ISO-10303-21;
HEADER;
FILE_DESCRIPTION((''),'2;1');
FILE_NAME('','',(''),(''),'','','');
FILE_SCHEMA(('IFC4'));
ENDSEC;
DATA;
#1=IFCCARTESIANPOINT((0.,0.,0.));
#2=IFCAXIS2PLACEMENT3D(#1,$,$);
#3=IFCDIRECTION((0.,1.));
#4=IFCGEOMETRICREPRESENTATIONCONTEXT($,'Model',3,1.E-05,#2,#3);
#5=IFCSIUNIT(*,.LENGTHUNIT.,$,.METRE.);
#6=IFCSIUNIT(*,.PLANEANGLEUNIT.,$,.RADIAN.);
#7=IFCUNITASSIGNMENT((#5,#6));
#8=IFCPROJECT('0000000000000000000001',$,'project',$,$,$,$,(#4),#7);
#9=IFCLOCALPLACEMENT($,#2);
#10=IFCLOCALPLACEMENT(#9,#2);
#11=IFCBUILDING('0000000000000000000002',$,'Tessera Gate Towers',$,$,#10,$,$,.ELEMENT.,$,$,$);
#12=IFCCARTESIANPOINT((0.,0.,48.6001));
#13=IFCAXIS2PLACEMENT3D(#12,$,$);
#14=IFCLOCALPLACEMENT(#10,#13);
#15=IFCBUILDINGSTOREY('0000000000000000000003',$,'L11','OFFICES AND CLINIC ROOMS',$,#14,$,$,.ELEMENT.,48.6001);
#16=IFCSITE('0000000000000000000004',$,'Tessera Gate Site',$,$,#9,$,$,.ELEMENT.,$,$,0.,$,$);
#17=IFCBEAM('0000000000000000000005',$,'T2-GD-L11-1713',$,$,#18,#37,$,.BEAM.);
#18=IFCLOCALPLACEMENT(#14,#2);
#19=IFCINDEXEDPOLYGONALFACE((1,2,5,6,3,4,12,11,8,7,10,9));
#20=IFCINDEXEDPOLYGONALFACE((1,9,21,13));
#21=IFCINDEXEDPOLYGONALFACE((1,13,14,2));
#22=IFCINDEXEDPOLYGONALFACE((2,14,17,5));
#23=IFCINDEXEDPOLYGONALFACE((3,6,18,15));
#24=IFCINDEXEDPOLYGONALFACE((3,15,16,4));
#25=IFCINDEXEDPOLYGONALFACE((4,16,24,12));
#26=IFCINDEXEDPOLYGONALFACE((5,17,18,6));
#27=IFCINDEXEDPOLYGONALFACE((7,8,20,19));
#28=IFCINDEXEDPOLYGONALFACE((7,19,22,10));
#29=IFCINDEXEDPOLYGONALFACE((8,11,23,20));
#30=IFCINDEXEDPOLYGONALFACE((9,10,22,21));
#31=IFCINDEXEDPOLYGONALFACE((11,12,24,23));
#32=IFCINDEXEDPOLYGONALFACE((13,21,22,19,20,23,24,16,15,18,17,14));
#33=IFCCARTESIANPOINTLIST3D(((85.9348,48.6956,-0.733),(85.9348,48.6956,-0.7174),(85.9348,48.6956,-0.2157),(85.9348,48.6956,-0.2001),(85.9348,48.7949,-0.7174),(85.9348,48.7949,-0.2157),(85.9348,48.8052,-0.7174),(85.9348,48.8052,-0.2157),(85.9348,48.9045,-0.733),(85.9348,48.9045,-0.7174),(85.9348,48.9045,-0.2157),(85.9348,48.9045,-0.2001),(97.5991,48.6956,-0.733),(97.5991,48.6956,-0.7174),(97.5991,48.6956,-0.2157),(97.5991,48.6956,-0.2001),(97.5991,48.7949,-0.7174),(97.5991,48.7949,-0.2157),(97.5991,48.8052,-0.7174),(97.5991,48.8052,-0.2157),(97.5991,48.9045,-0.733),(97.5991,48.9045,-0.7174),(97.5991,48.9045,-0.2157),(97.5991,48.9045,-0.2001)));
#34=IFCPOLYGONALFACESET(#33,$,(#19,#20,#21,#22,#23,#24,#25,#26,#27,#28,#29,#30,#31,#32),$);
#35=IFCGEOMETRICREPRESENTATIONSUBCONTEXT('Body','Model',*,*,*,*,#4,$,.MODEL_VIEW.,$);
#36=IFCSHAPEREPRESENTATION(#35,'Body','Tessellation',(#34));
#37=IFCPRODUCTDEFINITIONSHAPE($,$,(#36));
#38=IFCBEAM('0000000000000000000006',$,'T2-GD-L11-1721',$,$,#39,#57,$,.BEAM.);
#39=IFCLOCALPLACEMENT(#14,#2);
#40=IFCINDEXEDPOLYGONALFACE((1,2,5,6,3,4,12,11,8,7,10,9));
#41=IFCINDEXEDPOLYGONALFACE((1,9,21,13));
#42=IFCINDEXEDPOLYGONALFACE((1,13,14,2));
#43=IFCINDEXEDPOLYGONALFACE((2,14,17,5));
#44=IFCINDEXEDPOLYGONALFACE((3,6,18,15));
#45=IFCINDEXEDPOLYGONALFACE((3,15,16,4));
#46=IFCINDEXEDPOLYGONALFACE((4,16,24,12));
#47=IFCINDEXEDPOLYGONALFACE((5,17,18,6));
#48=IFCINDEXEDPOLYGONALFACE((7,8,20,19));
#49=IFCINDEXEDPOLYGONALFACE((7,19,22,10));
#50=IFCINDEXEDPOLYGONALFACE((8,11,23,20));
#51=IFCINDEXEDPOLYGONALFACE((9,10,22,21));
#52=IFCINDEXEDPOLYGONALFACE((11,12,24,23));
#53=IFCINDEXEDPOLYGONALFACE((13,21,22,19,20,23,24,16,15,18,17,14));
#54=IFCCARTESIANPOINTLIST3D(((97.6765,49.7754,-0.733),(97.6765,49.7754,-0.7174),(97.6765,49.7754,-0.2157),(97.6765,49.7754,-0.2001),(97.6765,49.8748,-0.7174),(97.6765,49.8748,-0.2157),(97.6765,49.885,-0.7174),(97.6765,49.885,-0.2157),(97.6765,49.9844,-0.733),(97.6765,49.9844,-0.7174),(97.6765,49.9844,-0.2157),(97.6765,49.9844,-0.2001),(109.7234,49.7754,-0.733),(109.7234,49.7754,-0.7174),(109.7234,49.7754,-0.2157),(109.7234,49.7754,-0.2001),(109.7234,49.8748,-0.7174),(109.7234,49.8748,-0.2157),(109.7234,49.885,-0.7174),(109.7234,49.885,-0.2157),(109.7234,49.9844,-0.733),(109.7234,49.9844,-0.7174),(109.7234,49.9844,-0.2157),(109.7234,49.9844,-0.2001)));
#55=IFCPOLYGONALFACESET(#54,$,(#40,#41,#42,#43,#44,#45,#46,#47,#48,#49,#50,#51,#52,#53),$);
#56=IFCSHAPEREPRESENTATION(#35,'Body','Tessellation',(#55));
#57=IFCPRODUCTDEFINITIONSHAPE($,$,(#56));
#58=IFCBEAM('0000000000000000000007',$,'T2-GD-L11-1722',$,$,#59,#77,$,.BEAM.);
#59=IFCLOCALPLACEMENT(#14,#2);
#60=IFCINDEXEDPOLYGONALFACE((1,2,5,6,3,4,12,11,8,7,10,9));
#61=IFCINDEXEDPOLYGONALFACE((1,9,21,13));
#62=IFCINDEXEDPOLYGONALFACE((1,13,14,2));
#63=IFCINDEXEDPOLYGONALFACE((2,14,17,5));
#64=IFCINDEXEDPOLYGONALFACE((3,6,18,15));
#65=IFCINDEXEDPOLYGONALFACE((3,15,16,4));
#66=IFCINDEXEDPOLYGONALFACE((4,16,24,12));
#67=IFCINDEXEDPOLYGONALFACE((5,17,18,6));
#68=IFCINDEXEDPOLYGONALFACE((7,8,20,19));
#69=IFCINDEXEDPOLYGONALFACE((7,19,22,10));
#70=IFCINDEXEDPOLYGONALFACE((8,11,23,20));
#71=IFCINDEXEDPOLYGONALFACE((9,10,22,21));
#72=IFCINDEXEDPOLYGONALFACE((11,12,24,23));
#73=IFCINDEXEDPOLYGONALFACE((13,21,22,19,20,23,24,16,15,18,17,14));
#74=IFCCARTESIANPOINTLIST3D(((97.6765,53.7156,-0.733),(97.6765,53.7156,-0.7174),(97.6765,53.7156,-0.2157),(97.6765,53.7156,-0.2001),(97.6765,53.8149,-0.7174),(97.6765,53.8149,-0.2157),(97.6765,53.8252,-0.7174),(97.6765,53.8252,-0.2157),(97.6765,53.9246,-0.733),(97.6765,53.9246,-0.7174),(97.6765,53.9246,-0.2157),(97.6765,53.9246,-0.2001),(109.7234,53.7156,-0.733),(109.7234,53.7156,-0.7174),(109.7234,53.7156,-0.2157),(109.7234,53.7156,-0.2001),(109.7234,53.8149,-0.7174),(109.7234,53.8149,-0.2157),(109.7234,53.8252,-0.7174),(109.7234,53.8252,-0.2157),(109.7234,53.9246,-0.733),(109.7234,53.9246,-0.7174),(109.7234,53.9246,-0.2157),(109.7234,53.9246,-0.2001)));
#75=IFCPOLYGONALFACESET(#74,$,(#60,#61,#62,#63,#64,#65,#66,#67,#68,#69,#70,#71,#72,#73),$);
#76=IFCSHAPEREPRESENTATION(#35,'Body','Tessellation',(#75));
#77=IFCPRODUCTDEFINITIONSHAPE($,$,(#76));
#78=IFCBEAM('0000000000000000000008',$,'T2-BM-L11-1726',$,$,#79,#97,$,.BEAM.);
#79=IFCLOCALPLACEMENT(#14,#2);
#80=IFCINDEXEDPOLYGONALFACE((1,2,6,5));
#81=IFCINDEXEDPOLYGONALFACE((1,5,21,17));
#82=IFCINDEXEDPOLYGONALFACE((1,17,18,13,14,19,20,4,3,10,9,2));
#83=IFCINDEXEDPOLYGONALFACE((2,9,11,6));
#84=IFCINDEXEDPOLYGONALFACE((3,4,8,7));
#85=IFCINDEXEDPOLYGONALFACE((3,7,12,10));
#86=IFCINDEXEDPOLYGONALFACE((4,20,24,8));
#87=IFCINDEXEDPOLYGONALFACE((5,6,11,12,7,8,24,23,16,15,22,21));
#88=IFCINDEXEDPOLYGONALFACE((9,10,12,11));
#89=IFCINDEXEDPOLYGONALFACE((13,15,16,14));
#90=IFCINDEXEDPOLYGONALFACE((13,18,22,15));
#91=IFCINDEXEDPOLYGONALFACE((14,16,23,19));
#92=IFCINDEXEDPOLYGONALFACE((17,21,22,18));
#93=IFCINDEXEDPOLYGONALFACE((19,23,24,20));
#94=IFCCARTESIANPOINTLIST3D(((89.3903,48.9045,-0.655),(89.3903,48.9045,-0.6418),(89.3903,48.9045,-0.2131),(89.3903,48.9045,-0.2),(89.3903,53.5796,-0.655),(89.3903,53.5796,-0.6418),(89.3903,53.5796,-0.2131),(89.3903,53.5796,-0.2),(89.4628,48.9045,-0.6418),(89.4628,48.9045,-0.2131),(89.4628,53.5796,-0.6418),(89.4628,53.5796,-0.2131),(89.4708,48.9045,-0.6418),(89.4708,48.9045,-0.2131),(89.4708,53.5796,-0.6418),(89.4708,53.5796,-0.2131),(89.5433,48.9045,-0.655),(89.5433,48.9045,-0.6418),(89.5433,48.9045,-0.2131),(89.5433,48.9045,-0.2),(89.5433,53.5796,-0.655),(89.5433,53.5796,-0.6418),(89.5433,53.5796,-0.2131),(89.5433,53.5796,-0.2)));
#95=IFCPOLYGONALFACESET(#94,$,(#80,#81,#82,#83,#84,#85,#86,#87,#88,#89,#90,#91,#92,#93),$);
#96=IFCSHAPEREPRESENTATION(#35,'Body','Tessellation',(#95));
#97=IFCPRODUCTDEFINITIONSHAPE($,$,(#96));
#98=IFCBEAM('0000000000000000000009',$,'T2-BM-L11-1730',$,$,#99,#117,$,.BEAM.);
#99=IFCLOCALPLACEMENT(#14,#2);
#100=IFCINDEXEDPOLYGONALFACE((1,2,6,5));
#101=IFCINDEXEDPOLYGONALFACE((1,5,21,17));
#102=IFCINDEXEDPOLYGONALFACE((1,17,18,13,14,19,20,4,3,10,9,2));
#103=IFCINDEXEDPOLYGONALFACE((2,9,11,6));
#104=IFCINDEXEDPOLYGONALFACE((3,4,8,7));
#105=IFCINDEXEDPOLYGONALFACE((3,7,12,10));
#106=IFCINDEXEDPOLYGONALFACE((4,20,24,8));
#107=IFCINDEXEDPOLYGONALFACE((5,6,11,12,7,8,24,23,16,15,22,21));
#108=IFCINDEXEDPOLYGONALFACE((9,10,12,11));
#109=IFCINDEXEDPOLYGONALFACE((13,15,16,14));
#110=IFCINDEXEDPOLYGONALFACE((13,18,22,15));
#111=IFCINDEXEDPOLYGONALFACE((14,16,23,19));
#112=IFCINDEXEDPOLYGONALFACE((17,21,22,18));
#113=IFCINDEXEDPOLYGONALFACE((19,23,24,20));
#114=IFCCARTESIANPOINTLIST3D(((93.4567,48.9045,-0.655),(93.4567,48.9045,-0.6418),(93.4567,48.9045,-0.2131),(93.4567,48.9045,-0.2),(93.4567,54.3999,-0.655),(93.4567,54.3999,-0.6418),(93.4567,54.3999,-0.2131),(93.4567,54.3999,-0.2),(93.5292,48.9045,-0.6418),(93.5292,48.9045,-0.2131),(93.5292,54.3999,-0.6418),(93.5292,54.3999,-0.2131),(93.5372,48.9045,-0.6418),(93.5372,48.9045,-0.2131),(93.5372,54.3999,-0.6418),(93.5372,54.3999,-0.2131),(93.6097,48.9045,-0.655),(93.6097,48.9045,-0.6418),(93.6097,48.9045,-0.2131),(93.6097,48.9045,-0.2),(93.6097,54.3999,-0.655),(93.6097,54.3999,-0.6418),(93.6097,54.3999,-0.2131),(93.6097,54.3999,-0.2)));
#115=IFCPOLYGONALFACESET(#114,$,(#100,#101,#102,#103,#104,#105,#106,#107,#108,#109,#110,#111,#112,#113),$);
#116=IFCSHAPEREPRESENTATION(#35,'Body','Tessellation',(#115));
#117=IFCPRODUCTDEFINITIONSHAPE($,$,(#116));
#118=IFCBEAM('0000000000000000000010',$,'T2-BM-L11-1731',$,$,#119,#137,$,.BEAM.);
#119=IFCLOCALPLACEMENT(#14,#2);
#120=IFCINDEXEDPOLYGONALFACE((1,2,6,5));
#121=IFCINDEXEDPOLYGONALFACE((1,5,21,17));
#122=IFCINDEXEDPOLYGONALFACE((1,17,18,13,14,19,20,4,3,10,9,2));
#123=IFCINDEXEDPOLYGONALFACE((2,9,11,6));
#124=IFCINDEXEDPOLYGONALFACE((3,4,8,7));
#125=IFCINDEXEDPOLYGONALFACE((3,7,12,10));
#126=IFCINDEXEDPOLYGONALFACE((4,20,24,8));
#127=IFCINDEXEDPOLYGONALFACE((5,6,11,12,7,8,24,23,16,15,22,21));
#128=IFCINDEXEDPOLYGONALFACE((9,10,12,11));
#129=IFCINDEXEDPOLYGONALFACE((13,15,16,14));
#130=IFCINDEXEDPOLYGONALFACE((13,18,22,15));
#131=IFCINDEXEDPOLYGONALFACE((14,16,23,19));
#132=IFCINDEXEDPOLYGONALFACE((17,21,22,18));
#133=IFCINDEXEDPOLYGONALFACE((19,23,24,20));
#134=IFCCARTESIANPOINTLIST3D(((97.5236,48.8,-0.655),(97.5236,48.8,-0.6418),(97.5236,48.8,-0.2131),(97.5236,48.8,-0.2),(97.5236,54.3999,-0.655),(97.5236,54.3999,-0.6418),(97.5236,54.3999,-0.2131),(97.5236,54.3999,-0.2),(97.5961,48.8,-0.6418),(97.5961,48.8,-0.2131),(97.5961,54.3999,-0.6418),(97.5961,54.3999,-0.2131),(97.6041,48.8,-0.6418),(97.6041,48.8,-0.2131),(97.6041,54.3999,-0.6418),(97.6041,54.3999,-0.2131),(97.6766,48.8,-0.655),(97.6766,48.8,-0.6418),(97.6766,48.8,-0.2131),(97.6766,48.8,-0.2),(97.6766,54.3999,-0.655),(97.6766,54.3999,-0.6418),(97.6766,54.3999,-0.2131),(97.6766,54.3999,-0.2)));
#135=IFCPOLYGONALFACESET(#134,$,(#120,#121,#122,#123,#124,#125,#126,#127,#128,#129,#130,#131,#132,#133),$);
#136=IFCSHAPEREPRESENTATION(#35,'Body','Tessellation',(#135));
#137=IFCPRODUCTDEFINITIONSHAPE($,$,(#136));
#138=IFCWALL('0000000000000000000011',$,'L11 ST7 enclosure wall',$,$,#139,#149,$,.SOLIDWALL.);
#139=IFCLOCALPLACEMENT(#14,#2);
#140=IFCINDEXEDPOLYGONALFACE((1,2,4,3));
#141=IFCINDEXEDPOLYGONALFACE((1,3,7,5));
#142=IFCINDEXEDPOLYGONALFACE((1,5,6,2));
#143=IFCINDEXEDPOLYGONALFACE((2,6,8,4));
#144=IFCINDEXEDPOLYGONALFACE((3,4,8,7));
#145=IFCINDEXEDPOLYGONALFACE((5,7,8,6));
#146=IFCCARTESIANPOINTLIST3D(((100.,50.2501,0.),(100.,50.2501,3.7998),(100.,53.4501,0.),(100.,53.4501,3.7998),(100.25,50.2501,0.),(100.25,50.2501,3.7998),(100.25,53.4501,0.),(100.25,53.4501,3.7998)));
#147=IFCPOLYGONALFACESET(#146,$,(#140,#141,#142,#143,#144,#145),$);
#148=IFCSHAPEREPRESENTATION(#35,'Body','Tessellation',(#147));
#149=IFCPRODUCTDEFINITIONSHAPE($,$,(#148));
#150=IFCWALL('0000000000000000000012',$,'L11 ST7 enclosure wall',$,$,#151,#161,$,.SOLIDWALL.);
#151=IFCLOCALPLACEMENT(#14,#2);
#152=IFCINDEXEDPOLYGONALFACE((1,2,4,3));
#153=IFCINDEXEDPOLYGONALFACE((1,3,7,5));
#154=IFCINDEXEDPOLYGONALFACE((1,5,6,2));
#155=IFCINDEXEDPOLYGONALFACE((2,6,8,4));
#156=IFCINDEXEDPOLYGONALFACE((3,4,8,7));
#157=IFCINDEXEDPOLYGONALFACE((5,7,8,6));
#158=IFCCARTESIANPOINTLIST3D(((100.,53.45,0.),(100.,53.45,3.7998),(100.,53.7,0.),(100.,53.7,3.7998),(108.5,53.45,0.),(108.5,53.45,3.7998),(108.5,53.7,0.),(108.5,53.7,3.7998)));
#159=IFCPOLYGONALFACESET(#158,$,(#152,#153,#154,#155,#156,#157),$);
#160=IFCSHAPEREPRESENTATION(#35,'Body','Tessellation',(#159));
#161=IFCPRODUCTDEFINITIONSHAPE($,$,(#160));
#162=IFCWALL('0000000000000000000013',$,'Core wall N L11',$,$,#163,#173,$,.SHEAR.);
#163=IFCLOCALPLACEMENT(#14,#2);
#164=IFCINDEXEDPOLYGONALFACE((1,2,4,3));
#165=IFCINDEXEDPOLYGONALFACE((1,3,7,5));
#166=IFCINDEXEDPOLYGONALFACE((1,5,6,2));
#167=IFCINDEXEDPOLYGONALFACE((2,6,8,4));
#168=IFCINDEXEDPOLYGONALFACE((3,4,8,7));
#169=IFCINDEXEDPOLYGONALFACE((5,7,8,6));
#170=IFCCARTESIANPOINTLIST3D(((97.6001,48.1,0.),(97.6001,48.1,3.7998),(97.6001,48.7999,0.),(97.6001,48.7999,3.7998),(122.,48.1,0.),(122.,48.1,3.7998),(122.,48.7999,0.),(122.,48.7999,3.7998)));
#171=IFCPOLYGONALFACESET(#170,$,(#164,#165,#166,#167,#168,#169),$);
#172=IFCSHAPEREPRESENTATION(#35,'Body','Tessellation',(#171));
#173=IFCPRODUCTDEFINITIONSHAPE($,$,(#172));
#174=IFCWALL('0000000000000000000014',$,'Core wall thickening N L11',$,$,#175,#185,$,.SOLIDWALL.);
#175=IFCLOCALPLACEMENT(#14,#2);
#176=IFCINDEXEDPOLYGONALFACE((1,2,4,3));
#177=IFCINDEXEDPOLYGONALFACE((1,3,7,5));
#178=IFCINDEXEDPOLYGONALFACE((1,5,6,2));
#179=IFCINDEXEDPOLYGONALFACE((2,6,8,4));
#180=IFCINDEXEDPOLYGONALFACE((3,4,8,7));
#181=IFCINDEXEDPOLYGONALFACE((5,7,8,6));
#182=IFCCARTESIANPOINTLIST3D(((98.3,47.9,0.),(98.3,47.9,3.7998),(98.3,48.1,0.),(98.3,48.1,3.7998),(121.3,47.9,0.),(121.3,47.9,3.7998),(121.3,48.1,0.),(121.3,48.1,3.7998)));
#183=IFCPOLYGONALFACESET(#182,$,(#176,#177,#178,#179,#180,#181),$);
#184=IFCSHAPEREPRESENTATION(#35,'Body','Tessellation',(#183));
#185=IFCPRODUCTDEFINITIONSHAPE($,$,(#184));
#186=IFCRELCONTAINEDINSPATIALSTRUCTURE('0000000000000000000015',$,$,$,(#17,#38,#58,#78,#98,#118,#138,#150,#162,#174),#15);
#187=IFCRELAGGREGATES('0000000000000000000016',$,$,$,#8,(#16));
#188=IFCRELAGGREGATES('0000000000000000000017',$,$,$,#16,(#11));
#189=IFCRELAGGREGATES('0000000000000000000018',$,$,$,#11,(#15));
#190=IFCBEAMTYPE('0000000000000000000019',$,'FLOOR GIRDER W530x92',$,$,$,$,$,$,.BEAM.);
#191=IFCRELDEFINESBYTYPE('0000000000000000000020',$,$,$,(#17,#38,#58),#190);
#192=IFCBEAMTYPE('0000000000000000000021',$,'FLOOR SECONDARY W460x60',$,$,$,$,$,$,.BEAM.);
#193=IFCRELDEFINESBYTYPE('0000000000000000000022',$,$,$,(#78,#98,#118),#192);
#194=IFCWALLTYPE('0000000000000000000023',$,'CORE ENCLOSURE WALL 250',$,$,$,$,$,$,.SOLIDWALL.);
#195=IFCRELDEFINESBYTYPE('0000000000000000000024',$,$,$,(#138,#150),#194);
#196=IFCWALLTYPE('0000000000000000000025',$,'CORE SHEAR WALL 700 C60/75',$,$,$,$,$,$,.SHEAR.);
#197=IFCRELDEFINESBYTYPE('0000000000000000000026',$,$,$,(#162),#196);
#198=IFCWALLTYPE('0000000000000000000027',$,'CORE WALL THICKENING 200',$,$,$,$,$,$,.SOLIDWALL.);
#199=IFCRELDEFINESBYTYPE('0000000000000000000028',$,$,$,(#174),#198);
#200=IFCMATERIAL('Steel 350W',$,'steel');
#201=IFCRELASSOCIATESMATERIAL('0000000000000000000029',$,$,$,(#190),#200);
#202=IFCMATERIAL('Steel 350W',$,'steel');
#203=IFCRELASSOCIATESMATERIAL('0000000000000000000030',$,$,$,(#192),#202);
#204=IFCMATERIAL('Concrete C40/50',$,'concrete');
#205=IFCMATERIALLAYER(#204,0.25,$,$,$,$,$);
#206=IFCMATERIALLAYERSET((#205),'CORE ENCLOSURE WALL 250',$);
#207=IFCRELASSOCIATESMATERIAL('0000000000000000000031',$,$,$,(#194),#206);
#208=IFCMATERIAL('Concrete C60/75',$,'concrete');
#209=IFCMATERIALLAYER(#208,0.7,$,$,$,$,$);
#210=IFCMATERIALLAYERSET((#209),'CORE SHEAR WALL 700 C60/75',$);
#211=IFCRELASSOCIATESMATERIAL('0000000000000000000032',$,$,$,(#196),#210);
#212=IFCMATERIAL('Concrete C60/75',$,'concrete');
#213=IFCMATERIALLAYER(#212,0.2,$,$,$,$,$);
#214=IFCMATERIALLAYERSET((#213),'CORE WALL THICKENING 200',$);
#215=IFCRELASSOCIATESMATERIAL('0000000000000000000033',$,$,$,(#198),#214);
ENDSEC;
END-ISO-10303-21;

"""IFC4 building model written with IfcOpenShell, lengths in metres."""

from ifc_helpers import new_model, si_unit, direction, frame, frame_2d, origin, origin_2d, place, context, subcontext, project, spatial, rectangle, i_section, extrude, material, layer, layer_set, material_profile, profile_set, type_object, element, save


model = new_model("IFC4")

# Units and contexts
model_context = context("Model", 3, precision=1e-05, world=origin(), true_north=direction((0.0, 1.0)))
body_context = subcontext(model_context, "Body", "Model", "MODEL_VIEW")
ifc_project = project(units=[si_unit("LENGTHUNIT", "METRE"), si_unit("PLANEANGLEUNIT", "RADIAN")], contexts=[model_context])

# Site, building, storey
site_placement = place(None, origin())
site = spatial("IfcSite", under=ifc_project, at=site_placement, Name="Tessera Gate Site", CompositionType="ELEMENT", RefElevation=0.0)
building_placement = place(site_placement, origin())
building = spatial("IfcBuilding", under=site, at=building_placement, Name="Tessera Gate Towers", CompositionType="ELEMENT")
storey_placement = place(building_placement, frame((0.0, 0.0, 48.6001)))
storey = spatial("IfcBuildingStorey", under=building, at=storey_placement, Name="L11", Description="OFFICES AND CLINIC ROOMS", CompositionType="ELEMENT", Elevation=48.6001)

# Beams
ifc_material_1 = material(Name="Steel 350W", Category="steel")
ifc_material_profile_1 = material_profile(ifc_material_1, i_section(OverallWidth=0.209, OverallDepth=0.533, WebThickness=0.0103, FlangeThickness=0.0156, at=origin_2d()), Name="W530x92")
ifc_profile_set_1 = profile_set([ifc_material_profile_1], Name="Steel 350W")
beam_type_1 = type_object("IfcBeamType", Name="FLOOR GIRDER W530x92", PredefinedType="BEAM", material=ifc_profile_set_1)
beam_1_placement = place(storey_placement, frame((85.9348, 48.8, -0.4666), z_axis=(1.0, 0.0, 0.0), x_axis=(0.0, 1.0, 0.0)))
element("IfcBeam", 1, at=beam_1_placement, inside=storey, type_object=beam_type_1, Name="T2-GD-L11-1713", PredefinedType="BEAM", context=body_context, shape_type="SweptSolid", body=[
    extrude(i_section(OverallWidth=0.209, OverallDepth=0.533, WebThickness=0.0103, FlangeThickness=0.0156, at=origin_2d()), origin(), (0.0, 0.0, 1.0), 11.6643),
])
for number, where, z_axis, x_axis, name in (
    (2, (97.6765, 49.8799, -0.4666), (1.0, 0.0, 0.0), (0.0, 1.0, 0.0), "T2-GD-L11-1721"),
    (3, (97.6765, 53.8201, -0.4666), (1.0, 0.0, 0.0), (0.0, 1.0, 0.0), "T2-GD-L11-1722"),
):
    element("IfcBeam", number, at=place(storey_placement, frame(where, z_axis=z_axis, x_axis=x_axis)), inside=storey, type_object=beam_type_1, Name=name, PredefinedType="BEAM", context=body_context, shape_type="SweptSolid", body=[
        extrude(i_section(OverallWidth=0.209, OverallDepth=0.533, WebThickness=0.0103, FlangeThickness=0.0156, at=origin_2d()), origin(), (0.0, 0.0, 1.0), 12.0469),
    ])
ifc_material_2 = material(Name="Steel 350W", Category="steel")
ifc_material_profile_2 = material_profile(ifc_material_2, i_section(OverallWidth=0.1531, OverallDepth=0.4551, WebThickness=0.0081, FlangeThickness=0.0132, at=origin_2d()), Name="W460x60")
ifc_profile_set_2 = profile_set([ifc_material_profile_2], Name="Steel 350W")
beam_type_2 = type_object("IfcBeamType", Name="FLOOR SECONDARY W460x60", PredefinedType="BEAM", material=ifc_profile_set_2)
beam_2_placement = place(storey_placement, frame((89.4668, 48.9045, -0.4275), z_axis=(0.0, 1.0, 0.0), x_axis=(-1.0, 0.0, 0.0)))
element("IfcBeam", 4, at=beam_2_placement, inside=storey, type_object=beam_type_2, Name="T2-BM-L11-1726", PredefinedType="BEAM", context=body_context, shape_type="SweptSolid", body=[
    extrude(i_section(OverallWidth=0.1531, OverallDepth=0.4551, WebThickness=0.0081, FlangeThickness=0.0132, at=origin_2d()), origin(), (0.0, 0.0, 1.0), 4.675),
])
beam_3_placement = place(storey_placement, frame((93.5332, 48.9045, -0.4275), z_axis=(0.0, 1.0, 0.0), x_axis=(-1.0, 0.0, 0.0)))
element("IfcBeam", 5, at=beam_3_placement, inside=storey, type_object=beam_type_2, Name="T2-BM-L11-1730", PredefinedType="BEAM", context=body_context, shape_type="SweptSolid", body=[
    extrude(i_section(OverallWidth=0.1531, OverallDepth=0.4551, WebThickness=0.0081, FlangeThickness=0.0132, at=origin_2d()), origin(), (0.0, 0.0, 1.0), 5.4954),
])
beam_4_placement = place(storey_placement, frame((97.6001, 48.8, -0.4275), z_axis=(0.0, 1.0, 0.0), x_axis=(-1.0, 0.0, 0.0)))
element("IfcBeam", 6, at=beam_4_placement, inside=storey, type_object=beam_type_2, Name="T2-BM-L11-1731", PredefinedType="BEAM", context=body_context, shape_type="SweptSolid", body=[
    extrude(i_section(OverallWidth=0.1531, OverallDepth=0.4551, WebThickness=0.0081, FlangeThickness=0.0132, at=origin_2d()), origin(), (0.0, 0.0, 1.0), 5.5999),
])

# Walls
ifc_material_3 = material(Name="Concrete C40/50", Category="concrete")
ifc_layer_1 = layer(ifc_material_3, 0.25)
ifc_layer_set_1 = layer_set([ifc_layer_1], Name="CORE ENCLOSURE WALL 250")
wall_type_1 = type_object("IfcWallType", Name="CORE ENCLOSURE WALL 250", PredefinedType="SOLIDWALL", material=ifc_layer_set_1)
wall_1_placement = place(storey_placement, frame((100.125, 50.25, 0.0), z_axis=(0.0, 0.0, 1.0), x_axis=(0.0, 1.0, 0.0)))
element("IfcWall", 7, at=wall_1_placement, inside=storey, type_object=wall_type_1, Name="L11 ST7 enclosure wall", PredefinedType="SOLIDWALL", context=body_context, shape_type="SweptSolid", body=[
    extrude(rectangle(XDim=3.2, YDim=0.25, at=frame_2d((1.6001, 0.0))), origin(), (0.0, 0.0, 1.0), 3.7998),
])
wall_2_placement = place(storey_placement, frame((100.0, 53.575, 0.0), z_axis=(0.0, 0.0, 1.0), x_axis=(1.0, 0.0, 0.0)))
element("IfcWall", 8, at=wall_2_placement, inside=storey, type_object=wall_type_1, Name="L11 ST7 enclosure wall", PredefinedType="SOLIDWALL", context=body_context, shape_type="SweptSolid", body=[
    extrude(rectangle(XDim=8.5, YDim=0.25, at=frame_2d((4.25, 0.0))), origin(), (0.0, 0.0, 1.0), 3.7998),
])
ifc_material_4 = material(Name="Concrete C60/75", Category="concrete")
ifc_layer_2 = layer(ifc_material_4, 0.7)
ifc_layer_set_2 = layer_set([ifc_layer_2], Name="CORE SHEAR WALL 700 C60/75")
wall_type_2 = type_object("IfcWallType", Name="CORE SHEAR WALL 700 C60/75", PredefinedType="SHEAR", material=ifc_layer_set_2)
wall_3_placement = place(storey_placement, frame((97.6001, 48.45, 0.0), z_axis=(0.0, 0.0, 1.0), x_axis=(1.0, 0.0, 0.0)))
element("IfcWall", 9, at=wall_3_placement, inside=storey, type_object=wall_type_2, Name="Core wall N L11", PredefinedType="SHEAR", context=body_context, shape_type="SweptSolid", body=[
    extrude(rectangle(XDim=24.3999, YDim=0.7, at=frame_2d((12.2, 0.0))), origin(), (0.0, 0.0, 1.0), 3.7998),
])
ifc_material_5 = material(Name="Concrete C60/75", Category="concrete")
ifc_layer_3 = layer(ifc_material_5, 0.2)
ifc_layer_set_3 = layer_set([ifc_layer_3], Name="CORE WALL THICKENING 200")
wall_type_3 = type_object("IfcWallType", Name="CORE WALL THICKENING 200", PredefinedType="SOLIDWALL", material=ifc_layer_set_3)
wall_4_placement = place(storey_placement, frame((98.3, 48.0, 0.0), z_axis=(0.0, 0.0, 1.0), x_axis=(1.0, 0.0, 0.0)))
element("IfcWall", 10, at=wall_4_placement, inside=storey, type_object=wall_type_3, Name="Core wall thickening N L11", PredefinedType="SOLIDWALL", context=body_context, shape_type="SweptSolid", body=[
    extrude(rectangle(XDim=23.0, YDim=0.2, at=frame_2d((11.5, 0.0))), origin(), (0.0, 0.0, 1.0), 3.7998),
])

save(model, "model.ifc")
